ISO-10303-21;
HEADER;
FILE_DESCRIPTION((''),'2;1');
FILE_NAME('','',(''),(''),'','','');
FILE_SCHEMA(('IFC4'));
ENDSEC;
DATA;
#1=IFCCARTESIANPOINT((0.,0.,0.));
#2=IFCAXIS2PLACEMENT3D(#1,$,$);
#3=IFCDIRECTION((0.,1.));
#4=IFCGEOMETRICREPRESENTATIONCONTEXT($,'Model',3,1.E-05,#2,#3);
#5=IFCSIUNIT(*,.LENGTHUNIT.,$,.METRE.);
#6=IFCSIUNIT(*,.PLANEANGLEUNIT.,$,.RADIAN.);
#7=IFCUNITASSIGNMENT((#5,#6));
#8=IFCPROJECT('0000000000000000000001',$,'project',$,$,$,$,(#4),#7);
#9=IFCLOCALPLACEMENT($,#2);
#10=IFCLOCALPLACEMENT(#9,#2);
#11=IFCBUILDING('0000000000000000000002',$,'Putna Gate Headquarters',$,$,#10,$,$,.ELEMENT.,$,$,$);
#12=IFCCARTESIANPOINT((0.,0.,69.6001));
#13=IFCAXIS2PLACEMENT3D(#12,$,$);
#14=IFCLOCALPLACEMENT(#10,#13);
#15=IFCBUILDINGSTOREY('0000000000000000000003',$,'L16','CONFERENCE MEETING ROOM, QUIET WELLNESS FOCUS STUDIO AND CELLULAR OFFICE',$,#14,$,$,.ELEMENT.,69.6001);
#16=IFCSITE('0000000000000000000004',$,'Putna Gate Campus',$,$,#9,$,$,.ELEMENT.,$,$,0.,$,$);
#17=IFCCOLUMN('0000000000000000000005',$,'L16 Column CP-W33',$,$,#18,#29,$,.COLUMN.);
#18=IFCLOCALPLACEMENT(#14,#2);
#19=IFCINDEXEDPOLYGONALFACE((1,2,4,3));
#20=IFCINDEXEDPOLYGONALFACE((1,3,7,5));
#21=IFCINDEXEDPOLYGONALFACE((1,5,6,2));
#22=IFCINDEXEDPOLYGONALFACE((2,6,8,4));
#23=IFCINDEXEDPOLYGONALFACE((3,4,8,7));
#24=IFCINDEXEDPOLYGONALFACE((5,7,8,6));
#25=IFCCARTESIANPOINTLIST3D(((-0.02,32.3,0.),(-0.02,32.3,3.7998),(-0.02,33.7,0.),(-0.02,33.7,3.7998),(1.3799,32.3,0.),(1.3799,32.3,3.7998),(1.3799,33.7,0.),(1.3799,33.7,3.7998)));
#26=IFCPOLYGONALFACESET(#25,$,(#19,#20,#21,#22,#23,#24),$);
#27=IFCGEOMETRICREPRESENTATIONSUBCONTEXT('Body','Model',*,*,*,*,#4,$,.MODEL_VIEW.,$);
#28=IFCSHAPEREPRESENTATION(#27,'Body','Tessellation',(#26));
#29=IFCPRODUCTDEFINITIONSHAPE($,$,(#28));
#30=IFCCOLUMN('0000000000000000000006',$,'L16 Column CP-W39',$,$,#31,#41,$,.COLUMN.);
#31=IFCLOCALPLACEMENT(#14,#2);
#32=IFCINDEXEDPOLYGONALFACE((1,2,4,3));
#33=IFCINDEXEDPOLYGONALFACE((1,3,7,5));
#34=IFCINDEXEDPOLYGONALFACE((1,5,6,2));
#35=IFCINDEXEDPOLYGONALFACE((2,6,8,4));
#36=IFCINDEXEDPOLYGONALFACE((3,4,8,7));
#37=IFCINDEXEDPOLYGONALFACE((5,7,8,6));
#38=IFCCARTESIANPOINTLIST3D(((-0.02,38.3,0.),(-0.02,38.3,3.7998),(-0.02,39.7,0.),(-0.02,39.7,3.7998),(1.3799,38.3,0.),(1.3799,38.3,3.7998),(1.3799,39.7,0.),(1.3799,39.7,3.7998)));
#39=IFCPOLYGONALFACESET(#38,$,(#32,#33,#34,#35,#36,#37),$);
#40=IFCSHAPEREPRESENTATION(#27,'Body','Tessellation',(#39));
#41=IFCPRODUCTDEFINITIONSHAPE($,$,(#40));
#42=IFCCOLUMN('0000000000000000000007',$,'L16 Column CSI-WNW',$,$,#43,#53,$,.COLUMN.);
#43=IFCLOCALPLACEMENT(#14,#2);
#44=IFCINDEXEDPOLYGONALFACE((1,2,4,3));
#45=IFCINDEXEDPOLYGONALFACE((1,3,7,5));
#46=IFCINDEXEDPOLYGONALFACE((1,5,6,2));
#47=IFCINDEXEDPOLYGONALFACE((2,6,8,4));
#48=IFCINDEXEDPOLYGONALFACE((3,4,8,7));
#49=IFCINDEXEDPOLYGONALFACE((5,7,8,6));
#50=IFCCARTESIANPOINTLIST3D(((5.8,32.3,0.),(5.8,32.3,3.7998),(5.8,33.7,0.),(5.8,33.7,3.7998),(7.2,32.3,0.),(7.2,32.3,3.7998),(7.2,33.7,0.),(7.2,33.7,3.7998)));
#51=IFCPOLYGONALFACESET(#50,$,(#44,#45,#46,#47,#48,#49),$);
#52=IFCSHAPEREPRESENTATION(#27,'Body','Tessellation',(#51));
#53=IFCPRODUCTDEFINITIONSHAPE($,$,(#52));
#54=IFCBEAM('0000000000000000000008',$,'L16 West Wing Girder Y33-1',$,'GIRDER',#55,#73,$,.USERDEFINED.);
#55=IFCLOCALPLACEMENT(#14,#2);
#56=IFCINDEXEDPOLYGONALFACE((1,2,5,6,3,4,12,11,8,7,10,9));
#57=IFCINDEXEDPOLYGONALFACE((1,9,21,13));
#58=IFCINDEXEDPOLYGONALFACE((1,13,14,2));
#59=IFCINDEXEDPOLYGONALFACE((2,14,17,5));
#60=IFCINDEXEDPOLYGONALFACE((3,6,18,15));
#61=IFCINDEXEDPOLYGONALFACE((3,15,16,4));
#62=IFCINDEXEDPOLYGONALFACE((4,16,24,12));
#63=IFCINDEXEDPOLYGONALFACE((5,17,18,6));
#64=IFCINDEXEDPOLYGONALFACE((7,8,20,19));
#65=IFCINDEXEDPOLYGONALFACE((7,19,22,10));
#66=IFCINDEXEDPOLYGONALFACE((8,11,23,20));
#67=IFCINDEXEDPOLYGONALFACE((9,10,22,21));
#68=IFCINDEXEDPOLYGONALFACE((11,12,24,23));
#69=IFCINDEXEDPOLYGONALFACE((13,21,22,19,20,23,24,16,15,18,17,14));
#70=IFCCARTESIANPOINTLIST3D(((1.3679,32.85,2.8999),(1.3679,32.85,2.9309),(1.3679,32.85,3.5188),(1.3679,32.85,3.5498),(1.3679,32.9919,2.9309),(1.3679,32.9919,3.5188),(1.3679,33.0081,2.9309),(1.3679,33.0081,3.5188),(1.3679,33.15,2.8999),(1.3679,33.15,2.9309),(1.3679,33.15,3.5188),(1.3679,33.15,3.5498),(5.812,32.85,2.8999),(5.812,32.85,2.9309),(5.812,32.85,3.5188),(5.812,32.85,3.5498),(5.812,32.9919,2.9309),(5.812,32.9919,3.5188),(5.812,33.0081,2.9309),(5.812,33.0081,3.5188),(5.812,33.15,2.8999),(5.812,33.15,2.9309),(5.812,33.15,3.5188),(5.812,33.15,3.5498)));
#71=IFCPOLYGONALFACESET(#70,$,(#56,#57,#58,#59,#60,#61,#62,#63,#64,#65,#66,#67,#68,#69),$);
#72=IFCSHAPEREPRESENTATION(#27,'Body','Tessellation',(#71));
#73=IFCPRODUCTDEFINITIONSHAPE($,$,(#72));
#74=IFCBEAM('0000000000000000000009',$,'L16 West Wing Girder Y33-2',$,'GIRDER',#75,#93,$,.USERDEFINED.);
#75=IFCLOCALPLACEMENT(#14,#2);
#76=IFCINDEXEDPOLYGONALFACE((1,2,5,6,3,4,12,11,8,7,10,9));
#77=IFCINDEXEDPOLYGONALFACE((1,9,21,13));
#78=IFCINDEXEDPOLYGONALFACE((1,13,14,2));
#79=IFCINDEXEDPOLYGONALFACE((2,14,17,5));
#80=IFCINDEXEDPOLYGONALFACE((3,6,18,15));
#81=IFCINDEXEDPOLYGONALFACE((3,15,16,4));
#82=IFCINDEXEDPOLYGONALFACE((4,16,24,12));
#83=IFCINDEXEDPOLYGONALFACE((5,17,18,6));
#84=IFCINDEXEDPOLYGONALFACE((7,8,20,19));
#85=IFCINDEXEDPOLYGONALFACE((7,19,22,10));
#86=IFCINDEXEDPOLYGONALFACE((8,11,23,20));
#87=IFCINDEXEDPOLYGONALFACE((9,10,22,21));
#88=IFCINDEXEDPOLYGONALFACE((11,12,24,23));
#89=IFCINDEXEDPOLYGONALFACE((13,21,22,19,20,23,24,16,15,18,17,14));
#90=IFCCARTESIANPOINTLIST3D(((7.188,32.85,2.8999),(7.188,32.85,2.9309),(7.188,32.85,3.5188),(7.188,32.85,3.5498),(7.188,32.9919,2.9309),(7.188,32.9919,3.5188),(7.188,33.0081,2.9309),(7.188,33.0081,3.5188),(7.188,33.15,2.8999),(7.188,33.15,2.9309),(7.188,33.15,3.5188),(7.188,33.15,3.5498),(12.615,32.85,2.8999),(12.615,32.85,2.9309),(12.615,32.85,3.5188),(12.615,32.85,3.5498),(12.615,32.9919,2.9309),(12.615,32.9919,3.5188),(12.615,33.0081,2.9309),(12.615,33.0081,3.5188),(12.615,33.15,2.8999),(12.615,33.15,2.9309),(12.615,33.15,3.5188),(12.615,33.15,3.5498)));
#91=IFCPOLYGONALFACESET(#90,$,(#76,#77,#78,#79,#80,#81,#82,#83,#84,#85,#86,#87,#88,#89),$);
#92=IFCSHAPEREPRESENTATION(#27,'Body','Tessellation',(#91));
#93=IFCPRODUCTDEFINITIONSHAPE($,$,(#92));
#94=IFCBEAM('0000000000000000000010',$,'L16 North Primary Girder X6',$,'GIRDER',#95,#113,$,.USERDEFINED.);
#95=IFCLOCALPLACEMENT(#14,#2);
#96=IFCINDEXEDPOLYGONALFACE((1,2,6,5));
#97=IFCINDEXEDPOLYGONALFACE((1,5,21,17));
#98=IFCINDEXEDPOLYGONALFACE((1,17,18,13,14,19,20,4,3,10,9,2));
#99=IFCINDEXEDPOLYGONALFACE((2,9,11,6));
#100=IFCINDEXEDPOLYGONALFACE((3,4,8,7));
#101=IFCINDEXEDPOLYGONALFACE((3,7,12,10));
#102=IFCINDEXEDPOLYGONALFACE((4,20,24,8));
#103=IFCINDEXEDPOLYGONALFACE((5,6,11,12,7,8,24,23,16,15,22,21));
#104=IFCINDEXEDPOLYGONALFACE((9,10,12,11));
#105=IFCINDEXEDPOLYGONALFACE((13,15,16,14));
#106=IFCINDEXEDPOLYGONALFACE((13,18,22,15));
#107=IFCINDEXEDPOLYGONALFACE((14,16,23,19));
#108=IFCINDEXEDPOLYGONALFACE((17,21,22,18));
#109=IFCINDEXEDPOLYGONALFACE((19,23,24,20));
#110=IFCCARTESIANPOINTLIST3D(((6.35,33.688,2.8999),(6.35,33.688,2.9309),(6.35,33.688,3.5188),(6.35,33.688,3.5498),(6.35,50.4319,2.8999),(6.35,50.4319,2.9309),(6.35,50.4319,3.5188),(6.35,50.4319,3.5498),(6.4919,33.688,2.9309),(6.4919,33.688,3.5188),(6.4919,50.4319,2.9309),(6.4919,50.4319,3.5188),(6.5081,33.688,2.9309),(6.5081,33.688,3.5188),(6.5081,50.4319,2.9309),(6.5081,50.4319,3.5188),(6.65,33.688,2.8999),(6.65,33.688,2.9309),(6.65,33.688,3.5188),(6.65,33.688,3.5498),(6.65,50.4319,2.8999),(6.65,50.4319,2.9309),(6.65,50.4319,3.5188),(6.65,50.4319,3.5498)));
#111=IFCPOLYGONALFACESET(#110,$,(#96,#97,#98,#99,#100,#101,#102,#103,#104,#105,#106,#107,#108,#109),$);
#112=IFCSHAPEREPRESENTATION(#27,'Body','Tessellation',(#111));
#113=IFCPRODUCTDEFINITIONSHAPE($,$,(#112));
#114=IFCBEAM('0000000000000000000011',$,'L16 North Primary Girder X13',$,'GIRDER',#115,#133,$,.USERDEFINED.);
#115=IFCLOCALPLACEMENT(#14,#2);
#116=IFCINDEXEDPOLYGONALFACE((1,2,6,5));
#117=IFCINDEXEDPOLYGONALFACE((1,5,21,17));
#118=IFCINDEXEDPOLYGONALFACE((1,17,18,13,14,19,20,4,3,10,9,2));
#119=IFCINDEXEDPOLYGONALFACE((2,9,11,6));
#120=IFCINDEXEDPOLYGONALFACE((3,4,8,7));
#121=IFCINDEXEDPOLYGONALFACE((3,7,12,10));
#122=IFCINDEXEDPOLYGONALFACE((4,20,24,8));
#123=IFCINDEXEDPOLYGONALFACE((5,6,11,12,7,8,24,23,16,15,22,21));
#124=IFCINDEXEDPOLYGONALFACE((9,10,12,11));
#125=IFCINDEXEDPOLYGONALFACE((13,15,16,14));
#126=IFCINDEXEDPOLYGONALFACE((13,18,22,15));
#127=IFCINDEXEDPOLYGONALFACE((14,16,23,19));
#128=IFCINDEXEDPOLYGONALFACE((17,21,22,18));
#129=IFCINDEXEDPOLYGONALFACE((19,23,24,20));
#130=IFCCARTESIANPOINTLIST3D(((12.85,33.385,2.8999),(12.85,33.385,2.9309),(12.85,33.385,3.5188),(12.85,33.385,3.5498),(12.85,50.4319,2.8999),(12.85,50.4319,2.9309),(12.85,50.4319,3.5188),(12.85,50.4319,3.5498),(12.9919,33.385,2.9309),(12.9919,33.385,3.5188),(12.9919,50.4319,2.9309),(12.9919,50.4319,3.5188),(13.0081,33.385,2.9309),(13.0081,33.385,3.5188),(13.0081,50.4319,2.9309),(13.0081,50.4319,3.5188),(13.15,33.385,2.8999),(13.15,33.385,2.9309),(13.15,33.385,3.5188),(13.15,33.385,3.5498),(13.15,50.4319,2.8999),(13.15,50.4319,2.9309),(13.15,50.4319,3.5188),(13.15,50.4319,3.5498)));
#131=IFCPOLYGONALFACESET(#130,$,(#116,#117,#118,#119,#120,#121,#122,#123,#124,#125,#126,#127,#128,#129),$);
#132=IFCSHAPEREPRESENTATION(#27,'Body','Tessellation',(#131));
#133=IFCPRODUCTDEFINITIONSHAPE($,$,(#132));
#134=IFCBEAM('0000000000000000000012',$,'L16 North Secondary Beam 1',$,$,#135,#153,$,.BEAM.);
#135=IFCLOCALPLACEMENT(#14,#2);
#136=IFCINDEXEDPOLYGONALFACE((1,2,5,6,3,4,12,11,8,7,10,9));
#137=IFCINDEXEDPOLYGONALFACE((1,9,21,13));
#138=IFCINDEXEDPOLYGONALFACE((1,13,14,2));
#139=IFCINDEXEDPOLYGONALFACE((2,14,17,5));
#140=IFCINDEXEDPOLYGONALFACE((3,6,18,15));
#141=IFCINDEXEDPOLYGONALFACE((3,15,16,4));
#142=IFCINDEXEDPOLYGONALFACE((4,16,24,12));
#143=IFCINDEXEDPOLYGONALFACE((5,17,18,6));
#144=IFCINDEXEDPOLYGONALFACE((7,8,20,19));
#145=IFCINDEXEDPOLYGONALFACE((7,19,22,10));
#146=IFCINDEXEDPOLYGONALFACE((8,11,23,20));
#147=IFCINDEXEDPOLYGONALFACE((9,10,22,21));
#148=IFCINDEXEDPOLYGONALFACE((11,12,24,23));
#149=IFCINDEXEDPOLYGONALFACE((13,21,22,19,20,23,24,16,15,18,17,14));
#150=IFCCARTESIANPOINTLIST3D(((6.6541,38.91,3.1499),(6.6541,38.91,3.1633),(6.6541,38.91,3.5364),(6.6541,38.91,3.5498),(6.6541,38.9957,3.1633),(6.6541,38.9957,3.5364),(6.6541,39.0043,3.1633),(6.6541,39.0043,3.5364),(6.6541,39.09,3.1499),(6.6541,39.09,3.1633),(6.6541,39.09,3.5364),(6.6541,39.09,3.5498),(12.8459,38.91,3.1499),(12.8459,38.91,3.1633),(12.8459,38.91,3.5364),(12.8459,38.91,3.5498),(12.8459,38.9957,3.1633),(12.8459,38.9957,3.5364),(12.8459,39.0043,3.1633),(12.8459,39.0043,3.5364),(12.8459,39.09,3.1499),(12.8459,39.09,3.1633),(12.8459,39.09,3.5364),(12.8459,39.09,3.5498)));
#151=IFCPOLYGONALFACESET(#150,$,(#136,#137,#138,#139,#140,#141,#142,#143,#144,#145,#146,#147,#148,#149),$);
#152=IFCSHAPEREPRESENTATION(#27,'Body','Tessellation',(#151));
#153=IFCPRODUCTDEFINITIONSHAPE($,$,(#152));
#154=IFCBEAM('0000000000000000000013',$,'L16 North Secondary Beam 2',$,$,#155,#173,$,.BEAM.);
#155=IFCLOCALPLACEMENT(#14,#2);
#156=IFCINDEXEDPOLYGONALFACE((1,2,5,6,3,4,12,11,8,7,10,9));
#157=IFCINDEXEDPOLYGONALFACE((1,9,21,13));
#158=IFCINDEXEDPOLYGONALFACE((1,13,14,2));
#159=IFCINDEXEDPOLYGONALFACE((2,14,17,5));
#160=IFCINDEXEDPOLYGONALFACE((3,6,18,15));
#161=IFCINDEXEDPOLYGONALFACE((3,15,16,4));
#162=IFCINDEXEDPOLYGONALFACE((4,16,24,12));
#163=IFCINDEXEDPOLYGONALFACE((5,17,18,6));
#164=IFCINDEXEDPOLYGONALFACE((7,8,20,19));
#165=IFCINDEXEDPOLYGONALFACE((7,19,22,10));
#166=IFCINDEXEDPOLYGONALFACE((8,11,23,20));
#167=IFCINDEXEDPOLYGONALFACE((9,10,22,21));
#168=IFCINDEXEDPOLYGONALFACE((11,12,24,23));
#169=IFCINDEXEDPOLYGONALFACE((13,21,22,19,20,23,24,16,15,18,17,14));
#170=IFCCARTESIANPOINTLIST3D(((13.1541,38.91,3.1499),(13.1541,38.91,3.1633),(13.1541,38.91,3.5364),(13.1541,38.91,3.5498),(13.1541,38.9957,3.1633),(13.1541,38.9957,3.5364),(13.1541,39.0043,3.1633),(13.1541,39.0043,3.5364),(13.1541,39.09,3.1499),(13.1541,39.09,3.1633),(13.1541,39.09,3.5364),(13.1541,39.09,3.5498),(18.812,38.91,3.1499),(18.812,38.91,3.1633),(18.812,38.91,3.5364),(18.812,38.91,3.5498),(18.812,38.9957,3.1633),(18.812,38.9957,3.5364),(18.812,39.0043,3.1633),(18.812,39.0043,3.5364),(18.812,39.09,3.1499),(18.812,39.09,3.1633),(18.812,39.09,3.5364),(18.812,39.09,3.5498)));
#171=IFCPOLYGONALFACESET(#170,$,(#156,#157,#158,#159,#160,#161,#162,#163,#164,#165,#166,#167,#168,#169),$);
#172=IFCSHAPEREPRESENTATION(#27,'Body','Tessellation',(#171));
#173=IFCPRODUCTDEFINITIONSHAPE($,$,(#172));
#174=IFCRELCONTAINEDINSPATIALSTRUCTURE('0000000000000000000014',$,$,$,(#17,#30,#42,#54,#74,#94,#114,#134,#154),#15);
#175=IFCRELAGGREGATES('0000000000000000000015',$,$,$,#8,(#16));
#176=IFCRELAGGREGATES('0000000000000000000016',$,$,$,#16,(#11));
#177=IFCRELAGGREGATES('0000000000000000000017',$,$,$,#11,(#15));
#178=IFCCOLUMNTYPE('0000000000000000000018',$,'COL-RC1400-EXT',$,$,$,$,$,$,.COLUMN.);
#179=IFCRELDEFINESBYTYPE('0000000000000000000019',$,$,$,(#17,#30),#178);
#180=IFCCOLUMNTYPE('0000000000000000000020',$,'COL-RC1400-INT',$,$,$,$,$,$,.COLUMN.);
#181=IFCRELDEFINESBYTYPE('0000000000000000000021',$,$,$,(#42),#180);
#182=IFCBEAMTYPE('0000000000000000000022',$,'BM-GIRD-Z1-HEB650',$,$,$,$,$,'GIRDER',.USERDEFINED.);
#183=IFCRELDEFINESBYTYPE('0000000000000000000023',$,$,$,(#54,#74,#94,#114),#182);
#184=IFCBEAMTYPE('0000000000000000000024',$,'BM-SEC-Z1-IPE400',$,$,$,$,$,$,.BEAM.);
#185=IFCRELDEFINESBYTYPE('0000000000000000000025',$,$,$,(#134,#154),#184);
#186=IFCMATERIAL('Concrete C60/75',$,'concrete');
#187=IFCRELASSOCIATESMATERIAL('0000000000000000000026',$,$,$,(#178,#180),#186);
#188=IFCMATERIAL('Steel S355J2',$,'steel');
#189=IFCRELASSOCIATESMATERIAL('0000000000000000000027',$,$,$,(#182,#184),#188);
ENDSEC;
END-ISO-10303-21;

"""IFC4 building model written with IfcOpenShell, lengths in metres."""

from ifc_helpers import new_model, si_unit, direction, frame, origin, origin_2d, place, context, subcontext, project, spatial, rectangle, i_section, extrude, material, material_profile, profile_set, type_object, element, save


model = new_model("IFC4")

# Units and contexts
model_context = context("Model", 3, precision=1e-05, world=origin(), true_north=direction((0.0, 1.0)))
body_context = subcontext(model_context, "Body", "Model", "MODEL_VIEW")
ifc_project = project(units=[si_unit("LENGTHUNIT", "METRE"), si_unit("PLANEANGLEUNIT", "RADIAN")], contexts=[model_context])

# Site, building, storey
site_placement = place(None, origin())
site = spatial("IfcSite", under=ifc_project, at=site_placement, Name="Putna Gate Campus", CompositionType="ELEMENT", RefElevation=0.0)
building_placement = place(site_placement, origin())
building = spatial("IfcBuilding", under=site, at=building_placement, Name="Putna Gate Headquarters", CompositionType="ELEMENT")
storey_placement = place(building_placement, frame((0.0, 0.0, 69.6001)))
storey = spatial("IfcBuildingStorey", under=building, at=storey_placement, Name="L16", Description="CONFERENCE MEETING ROOM, QUIET WELLNESS FOCUS STUDIO AND CELLULAR OFFICE", CompositionType="ELEMENT", Elevation=69.6001)

# Columns
ifc_material_1 = material(Name="Concrete C60/75", Category="concrete")
ifc_material_profile_1 = material_profile(ifc_material_1, rectangle(XDim=1.3999, YDim=1.3999, at=origin_2d()), Name="Concrete C60/75")
ifc_profile_set_1 = profile_set([ifc_material_profile_1], Name="Concrete C60/75")
column_type_1 = type_object("IfcColumnType", Name="COL-RC1400-EXT", PredefinedType="COLUMN", material=ifc_profile_set_1)
for number, where, z_axis, x_axis, name in (
    (1, (0.6799, 33.0, 0.0), (0.0, 0.0, 1.0), (1.0, 0.0, 0.0), "L16 Column CP-W33"),
    (2, (0.6799, 39.0, 0.0), (0.0, 0.0, 1.0), (1.0, 0.0, 0.0), "L16 Column CP-W39"),
):
    element("IfcColumn", number, at=place(storey_placement, frame(where, z_axis=z_axis, x_axis=x_axis)), inside=storey, type_object=column_type_1, Name=name, PredefinedType="COLUMN", context=body_context, shape_type="SweptSolid", body=[
        extrude(rectangle(XDim=1.3999, YDim=1.3999, at=origin_2d()), origin(), (0.0, 0.0, 1.0), 3.7998),
    ])
ifc_material_profile_2 = material_profile(ifc_material_1, rectangle(XDim=1.3999, YDim=1.3999, at=origin_2d()), Name="Concrete C60/75")
ifc_profile_set_2 = profile_set([ifc_material_profile_2], Name="Concrete C60/75")
column_type_2 = type_object("IfcColumnType", Name="COL-RC1400-INT", PredefinedType="COLUMN", material=ifc_profile_set_2)
column_placement = place(storey_placement, frame((6.5, 33.0, 0.0), z_axis=(0.0, 0.0, 1.0), x_axis=(1.0, 0.0, 0.0)))
element("IfcColumn", 3, at=column_placement, inside=storey, type_object=column_type_2, Name="L16 Column CSI-WNW", PredefinedType="COLUMN", context=body_context, shape_type="SweptSolid", body=[
    extrude(rectangle(XDim=1.3999, YDim=1.3999, at=origin_2d()), origin(), (0.0, 0.0, 1.0), 3.7998),
])

# Beams
ifc_material_2 = material(Name="Steel S355J2", Category="steel")
ifc_material_profile_3 = material_profile(ifc_material_2, i_section(OverallWidth=0.3, OverallDepth=0.6499, WebThickness=0.0161, FlangeThickness=0.031, at=origin_2d()), Name="Steel S355J2")
ifc_profile_set_3 = profile_set([ifc_material_profile_3], Name="Steel S355J2")
beam_type_1 = type_object("IfcBeamType", Name="BM-GIRD-Z1-HEB650", ElementType="GIRDER", PredefinedType="USERDEFINED", material=ifc_profile_set_3)
beam_1_placement = place(storey_placement, frame((1.3679, 33.0, 3.2249), z_axis=(1.0, 0.0, 0.0), x_axis=(0.0, 1.0, 0.0)))
element("IfcBeam", 4, at=beam_1_placement, inside=storey, type_object=beam_type_1, Name="L16 West Wing Girder Y33-1", ObjectType="GIRDER", PredefinedType="USERDEFINED", context=body_context, shape_type="SweptSolid", body=[
    extrude(i_section(OverallWidth=0.3, OverallDepth=0.6499, WebThickness=0.0161, FlangeThickness=0.031, at=origin_2d()), origin(), (0.0, 0.0, 1.0), 4.4441),
])
beam_2_placement = place(storey_placement, frame((7.188, 33.0, 3.2249), z_axis=(1.0, 0.0, 0.0), x_axis=(0.0, 1.0, 0.0)))
element("IfcBeam", 5, at=beam_2_placement, inside=storey, type_object=beam_type_1, Name="L16 West Wing Girder Y33-2", ObjectType="GIRDER", PredefinedType="USERDEFINED", context=body_context, shape_type="SweptSolid", body=[
    extrude(i_section(OverallWidth=0.3, OverallDepth=0.6499, WebThickness=0.0161, FlangeThickness=0.031, at=origin_2d()), origin(), (0.0, 0.0, 1.0), 5.427),
])
beam_3_placement = place(storey_placement, frame((6.5, 33.688, 3.2249), z_axis=(0.0, 1.0, 0.0), x_axis=(-1.0, 0.0, 0.0)))
element("IfcBeam", 6, at=beam_3_placement, inside=storey, type_object=beam_type_1, Name="L16 North Primary Girder X6", ObjectType="GIRDER", PredefinedType="USERDEFINED", context=body_context, shape_type="SweptSolid", body=[
    extrude(i_section(OverallWidth=0.3, OverallDepth=0.6499, WebThickness=0.0161, FlangeThickness=0.031, at=origin_2d()), origin(), (0.0, 0.0, 1.0), 16.7439),
])
beam_4_placement = place(storey_placement, frame((13.0, 33.385, 3.2249), z_axis=(0.0, 1.0, 0.0), x_axis=(-1.0, 0.0, 0.0)))
element("IfcBeam", 7, at=beam_4_placement, inside=storey, type_object=beam_type_1, Name="L16 North Primary Girder X13", ObjectType="GIRDER", PredefinedType="USERDEFINED", context=body_context, shape_type="SweptSolid", body=[
    extrude(i_section(OverallWidth=0.3, OverallDepth=0.6499, WebThickness=0.0161, FlangeThickness=0.031, at=origin_2d()), origin(), (0.0, 0.0, 1.0), 17.0469),
])
ifc_material_profile_4 = material_profile(ifc_material_2, i_section(OverallWidth=0.1799, OverallDepth=0.3999, WebThickness=0.0085, FlangeThickness=0.0134, at=origin_2d()), Name="Steel S355J2")
ifc_profile_set_4 = profile_set([ifc_material_profile_4], Name="Steel S355J2")
beam_type_2 = type_object("IfcBeamType", Name="BM-SEC-Z1-IPE400", PredefinedType="BEAM", material=ifc_profile_set_4)
beam_5_placement = place(storey_placement, frame((6.6541, 39.0, 3.3499), z_axis=(1.0, 0.0, 0.0), x_axis=(0.0, 1.0, 0.0)))
element("IfcBeam", 8, at=beam_5_placement, inside=storey, type_object=beam_type_2, Name="L16 North Secondary Beam 1", PredefinedType="BEAM", context=body_context, shape_type="SweptSolid", body=[
    extrude(i_section(OverallWidth=0.1799, OverallDepth=0.3999, WebThickness=0.0085, FlangeThickness=0.0134, at=origin_2d()), origin(), (0.0, 0.0, 1.0), 6.1919),
])
beam_6_placement = place(storey_placement, frame((13.1541, 39.0, 3.3499), z_axis=(1.0, 0.0, 0.0), x_axis=(0.0, 1.0, 0.0)))
element("IfcBeam", 9, at=beam_6_placement, inside=storey, type_object=beam_type_2, Name="L16 North Secondary Beam 2", PredefinedType="BEAM", context=body_context, shape_type="SweptSolid", body=[
    extrude(i_section(OverallWidth=0.1799, OverallDepth=0.3999, WebThickness=0.0085, FlangeThickness=0.0134, at=origin_2d()), origin(), (0.0, 0.0, 1.0), 5.658),
])

save(model, "model.ifc")
